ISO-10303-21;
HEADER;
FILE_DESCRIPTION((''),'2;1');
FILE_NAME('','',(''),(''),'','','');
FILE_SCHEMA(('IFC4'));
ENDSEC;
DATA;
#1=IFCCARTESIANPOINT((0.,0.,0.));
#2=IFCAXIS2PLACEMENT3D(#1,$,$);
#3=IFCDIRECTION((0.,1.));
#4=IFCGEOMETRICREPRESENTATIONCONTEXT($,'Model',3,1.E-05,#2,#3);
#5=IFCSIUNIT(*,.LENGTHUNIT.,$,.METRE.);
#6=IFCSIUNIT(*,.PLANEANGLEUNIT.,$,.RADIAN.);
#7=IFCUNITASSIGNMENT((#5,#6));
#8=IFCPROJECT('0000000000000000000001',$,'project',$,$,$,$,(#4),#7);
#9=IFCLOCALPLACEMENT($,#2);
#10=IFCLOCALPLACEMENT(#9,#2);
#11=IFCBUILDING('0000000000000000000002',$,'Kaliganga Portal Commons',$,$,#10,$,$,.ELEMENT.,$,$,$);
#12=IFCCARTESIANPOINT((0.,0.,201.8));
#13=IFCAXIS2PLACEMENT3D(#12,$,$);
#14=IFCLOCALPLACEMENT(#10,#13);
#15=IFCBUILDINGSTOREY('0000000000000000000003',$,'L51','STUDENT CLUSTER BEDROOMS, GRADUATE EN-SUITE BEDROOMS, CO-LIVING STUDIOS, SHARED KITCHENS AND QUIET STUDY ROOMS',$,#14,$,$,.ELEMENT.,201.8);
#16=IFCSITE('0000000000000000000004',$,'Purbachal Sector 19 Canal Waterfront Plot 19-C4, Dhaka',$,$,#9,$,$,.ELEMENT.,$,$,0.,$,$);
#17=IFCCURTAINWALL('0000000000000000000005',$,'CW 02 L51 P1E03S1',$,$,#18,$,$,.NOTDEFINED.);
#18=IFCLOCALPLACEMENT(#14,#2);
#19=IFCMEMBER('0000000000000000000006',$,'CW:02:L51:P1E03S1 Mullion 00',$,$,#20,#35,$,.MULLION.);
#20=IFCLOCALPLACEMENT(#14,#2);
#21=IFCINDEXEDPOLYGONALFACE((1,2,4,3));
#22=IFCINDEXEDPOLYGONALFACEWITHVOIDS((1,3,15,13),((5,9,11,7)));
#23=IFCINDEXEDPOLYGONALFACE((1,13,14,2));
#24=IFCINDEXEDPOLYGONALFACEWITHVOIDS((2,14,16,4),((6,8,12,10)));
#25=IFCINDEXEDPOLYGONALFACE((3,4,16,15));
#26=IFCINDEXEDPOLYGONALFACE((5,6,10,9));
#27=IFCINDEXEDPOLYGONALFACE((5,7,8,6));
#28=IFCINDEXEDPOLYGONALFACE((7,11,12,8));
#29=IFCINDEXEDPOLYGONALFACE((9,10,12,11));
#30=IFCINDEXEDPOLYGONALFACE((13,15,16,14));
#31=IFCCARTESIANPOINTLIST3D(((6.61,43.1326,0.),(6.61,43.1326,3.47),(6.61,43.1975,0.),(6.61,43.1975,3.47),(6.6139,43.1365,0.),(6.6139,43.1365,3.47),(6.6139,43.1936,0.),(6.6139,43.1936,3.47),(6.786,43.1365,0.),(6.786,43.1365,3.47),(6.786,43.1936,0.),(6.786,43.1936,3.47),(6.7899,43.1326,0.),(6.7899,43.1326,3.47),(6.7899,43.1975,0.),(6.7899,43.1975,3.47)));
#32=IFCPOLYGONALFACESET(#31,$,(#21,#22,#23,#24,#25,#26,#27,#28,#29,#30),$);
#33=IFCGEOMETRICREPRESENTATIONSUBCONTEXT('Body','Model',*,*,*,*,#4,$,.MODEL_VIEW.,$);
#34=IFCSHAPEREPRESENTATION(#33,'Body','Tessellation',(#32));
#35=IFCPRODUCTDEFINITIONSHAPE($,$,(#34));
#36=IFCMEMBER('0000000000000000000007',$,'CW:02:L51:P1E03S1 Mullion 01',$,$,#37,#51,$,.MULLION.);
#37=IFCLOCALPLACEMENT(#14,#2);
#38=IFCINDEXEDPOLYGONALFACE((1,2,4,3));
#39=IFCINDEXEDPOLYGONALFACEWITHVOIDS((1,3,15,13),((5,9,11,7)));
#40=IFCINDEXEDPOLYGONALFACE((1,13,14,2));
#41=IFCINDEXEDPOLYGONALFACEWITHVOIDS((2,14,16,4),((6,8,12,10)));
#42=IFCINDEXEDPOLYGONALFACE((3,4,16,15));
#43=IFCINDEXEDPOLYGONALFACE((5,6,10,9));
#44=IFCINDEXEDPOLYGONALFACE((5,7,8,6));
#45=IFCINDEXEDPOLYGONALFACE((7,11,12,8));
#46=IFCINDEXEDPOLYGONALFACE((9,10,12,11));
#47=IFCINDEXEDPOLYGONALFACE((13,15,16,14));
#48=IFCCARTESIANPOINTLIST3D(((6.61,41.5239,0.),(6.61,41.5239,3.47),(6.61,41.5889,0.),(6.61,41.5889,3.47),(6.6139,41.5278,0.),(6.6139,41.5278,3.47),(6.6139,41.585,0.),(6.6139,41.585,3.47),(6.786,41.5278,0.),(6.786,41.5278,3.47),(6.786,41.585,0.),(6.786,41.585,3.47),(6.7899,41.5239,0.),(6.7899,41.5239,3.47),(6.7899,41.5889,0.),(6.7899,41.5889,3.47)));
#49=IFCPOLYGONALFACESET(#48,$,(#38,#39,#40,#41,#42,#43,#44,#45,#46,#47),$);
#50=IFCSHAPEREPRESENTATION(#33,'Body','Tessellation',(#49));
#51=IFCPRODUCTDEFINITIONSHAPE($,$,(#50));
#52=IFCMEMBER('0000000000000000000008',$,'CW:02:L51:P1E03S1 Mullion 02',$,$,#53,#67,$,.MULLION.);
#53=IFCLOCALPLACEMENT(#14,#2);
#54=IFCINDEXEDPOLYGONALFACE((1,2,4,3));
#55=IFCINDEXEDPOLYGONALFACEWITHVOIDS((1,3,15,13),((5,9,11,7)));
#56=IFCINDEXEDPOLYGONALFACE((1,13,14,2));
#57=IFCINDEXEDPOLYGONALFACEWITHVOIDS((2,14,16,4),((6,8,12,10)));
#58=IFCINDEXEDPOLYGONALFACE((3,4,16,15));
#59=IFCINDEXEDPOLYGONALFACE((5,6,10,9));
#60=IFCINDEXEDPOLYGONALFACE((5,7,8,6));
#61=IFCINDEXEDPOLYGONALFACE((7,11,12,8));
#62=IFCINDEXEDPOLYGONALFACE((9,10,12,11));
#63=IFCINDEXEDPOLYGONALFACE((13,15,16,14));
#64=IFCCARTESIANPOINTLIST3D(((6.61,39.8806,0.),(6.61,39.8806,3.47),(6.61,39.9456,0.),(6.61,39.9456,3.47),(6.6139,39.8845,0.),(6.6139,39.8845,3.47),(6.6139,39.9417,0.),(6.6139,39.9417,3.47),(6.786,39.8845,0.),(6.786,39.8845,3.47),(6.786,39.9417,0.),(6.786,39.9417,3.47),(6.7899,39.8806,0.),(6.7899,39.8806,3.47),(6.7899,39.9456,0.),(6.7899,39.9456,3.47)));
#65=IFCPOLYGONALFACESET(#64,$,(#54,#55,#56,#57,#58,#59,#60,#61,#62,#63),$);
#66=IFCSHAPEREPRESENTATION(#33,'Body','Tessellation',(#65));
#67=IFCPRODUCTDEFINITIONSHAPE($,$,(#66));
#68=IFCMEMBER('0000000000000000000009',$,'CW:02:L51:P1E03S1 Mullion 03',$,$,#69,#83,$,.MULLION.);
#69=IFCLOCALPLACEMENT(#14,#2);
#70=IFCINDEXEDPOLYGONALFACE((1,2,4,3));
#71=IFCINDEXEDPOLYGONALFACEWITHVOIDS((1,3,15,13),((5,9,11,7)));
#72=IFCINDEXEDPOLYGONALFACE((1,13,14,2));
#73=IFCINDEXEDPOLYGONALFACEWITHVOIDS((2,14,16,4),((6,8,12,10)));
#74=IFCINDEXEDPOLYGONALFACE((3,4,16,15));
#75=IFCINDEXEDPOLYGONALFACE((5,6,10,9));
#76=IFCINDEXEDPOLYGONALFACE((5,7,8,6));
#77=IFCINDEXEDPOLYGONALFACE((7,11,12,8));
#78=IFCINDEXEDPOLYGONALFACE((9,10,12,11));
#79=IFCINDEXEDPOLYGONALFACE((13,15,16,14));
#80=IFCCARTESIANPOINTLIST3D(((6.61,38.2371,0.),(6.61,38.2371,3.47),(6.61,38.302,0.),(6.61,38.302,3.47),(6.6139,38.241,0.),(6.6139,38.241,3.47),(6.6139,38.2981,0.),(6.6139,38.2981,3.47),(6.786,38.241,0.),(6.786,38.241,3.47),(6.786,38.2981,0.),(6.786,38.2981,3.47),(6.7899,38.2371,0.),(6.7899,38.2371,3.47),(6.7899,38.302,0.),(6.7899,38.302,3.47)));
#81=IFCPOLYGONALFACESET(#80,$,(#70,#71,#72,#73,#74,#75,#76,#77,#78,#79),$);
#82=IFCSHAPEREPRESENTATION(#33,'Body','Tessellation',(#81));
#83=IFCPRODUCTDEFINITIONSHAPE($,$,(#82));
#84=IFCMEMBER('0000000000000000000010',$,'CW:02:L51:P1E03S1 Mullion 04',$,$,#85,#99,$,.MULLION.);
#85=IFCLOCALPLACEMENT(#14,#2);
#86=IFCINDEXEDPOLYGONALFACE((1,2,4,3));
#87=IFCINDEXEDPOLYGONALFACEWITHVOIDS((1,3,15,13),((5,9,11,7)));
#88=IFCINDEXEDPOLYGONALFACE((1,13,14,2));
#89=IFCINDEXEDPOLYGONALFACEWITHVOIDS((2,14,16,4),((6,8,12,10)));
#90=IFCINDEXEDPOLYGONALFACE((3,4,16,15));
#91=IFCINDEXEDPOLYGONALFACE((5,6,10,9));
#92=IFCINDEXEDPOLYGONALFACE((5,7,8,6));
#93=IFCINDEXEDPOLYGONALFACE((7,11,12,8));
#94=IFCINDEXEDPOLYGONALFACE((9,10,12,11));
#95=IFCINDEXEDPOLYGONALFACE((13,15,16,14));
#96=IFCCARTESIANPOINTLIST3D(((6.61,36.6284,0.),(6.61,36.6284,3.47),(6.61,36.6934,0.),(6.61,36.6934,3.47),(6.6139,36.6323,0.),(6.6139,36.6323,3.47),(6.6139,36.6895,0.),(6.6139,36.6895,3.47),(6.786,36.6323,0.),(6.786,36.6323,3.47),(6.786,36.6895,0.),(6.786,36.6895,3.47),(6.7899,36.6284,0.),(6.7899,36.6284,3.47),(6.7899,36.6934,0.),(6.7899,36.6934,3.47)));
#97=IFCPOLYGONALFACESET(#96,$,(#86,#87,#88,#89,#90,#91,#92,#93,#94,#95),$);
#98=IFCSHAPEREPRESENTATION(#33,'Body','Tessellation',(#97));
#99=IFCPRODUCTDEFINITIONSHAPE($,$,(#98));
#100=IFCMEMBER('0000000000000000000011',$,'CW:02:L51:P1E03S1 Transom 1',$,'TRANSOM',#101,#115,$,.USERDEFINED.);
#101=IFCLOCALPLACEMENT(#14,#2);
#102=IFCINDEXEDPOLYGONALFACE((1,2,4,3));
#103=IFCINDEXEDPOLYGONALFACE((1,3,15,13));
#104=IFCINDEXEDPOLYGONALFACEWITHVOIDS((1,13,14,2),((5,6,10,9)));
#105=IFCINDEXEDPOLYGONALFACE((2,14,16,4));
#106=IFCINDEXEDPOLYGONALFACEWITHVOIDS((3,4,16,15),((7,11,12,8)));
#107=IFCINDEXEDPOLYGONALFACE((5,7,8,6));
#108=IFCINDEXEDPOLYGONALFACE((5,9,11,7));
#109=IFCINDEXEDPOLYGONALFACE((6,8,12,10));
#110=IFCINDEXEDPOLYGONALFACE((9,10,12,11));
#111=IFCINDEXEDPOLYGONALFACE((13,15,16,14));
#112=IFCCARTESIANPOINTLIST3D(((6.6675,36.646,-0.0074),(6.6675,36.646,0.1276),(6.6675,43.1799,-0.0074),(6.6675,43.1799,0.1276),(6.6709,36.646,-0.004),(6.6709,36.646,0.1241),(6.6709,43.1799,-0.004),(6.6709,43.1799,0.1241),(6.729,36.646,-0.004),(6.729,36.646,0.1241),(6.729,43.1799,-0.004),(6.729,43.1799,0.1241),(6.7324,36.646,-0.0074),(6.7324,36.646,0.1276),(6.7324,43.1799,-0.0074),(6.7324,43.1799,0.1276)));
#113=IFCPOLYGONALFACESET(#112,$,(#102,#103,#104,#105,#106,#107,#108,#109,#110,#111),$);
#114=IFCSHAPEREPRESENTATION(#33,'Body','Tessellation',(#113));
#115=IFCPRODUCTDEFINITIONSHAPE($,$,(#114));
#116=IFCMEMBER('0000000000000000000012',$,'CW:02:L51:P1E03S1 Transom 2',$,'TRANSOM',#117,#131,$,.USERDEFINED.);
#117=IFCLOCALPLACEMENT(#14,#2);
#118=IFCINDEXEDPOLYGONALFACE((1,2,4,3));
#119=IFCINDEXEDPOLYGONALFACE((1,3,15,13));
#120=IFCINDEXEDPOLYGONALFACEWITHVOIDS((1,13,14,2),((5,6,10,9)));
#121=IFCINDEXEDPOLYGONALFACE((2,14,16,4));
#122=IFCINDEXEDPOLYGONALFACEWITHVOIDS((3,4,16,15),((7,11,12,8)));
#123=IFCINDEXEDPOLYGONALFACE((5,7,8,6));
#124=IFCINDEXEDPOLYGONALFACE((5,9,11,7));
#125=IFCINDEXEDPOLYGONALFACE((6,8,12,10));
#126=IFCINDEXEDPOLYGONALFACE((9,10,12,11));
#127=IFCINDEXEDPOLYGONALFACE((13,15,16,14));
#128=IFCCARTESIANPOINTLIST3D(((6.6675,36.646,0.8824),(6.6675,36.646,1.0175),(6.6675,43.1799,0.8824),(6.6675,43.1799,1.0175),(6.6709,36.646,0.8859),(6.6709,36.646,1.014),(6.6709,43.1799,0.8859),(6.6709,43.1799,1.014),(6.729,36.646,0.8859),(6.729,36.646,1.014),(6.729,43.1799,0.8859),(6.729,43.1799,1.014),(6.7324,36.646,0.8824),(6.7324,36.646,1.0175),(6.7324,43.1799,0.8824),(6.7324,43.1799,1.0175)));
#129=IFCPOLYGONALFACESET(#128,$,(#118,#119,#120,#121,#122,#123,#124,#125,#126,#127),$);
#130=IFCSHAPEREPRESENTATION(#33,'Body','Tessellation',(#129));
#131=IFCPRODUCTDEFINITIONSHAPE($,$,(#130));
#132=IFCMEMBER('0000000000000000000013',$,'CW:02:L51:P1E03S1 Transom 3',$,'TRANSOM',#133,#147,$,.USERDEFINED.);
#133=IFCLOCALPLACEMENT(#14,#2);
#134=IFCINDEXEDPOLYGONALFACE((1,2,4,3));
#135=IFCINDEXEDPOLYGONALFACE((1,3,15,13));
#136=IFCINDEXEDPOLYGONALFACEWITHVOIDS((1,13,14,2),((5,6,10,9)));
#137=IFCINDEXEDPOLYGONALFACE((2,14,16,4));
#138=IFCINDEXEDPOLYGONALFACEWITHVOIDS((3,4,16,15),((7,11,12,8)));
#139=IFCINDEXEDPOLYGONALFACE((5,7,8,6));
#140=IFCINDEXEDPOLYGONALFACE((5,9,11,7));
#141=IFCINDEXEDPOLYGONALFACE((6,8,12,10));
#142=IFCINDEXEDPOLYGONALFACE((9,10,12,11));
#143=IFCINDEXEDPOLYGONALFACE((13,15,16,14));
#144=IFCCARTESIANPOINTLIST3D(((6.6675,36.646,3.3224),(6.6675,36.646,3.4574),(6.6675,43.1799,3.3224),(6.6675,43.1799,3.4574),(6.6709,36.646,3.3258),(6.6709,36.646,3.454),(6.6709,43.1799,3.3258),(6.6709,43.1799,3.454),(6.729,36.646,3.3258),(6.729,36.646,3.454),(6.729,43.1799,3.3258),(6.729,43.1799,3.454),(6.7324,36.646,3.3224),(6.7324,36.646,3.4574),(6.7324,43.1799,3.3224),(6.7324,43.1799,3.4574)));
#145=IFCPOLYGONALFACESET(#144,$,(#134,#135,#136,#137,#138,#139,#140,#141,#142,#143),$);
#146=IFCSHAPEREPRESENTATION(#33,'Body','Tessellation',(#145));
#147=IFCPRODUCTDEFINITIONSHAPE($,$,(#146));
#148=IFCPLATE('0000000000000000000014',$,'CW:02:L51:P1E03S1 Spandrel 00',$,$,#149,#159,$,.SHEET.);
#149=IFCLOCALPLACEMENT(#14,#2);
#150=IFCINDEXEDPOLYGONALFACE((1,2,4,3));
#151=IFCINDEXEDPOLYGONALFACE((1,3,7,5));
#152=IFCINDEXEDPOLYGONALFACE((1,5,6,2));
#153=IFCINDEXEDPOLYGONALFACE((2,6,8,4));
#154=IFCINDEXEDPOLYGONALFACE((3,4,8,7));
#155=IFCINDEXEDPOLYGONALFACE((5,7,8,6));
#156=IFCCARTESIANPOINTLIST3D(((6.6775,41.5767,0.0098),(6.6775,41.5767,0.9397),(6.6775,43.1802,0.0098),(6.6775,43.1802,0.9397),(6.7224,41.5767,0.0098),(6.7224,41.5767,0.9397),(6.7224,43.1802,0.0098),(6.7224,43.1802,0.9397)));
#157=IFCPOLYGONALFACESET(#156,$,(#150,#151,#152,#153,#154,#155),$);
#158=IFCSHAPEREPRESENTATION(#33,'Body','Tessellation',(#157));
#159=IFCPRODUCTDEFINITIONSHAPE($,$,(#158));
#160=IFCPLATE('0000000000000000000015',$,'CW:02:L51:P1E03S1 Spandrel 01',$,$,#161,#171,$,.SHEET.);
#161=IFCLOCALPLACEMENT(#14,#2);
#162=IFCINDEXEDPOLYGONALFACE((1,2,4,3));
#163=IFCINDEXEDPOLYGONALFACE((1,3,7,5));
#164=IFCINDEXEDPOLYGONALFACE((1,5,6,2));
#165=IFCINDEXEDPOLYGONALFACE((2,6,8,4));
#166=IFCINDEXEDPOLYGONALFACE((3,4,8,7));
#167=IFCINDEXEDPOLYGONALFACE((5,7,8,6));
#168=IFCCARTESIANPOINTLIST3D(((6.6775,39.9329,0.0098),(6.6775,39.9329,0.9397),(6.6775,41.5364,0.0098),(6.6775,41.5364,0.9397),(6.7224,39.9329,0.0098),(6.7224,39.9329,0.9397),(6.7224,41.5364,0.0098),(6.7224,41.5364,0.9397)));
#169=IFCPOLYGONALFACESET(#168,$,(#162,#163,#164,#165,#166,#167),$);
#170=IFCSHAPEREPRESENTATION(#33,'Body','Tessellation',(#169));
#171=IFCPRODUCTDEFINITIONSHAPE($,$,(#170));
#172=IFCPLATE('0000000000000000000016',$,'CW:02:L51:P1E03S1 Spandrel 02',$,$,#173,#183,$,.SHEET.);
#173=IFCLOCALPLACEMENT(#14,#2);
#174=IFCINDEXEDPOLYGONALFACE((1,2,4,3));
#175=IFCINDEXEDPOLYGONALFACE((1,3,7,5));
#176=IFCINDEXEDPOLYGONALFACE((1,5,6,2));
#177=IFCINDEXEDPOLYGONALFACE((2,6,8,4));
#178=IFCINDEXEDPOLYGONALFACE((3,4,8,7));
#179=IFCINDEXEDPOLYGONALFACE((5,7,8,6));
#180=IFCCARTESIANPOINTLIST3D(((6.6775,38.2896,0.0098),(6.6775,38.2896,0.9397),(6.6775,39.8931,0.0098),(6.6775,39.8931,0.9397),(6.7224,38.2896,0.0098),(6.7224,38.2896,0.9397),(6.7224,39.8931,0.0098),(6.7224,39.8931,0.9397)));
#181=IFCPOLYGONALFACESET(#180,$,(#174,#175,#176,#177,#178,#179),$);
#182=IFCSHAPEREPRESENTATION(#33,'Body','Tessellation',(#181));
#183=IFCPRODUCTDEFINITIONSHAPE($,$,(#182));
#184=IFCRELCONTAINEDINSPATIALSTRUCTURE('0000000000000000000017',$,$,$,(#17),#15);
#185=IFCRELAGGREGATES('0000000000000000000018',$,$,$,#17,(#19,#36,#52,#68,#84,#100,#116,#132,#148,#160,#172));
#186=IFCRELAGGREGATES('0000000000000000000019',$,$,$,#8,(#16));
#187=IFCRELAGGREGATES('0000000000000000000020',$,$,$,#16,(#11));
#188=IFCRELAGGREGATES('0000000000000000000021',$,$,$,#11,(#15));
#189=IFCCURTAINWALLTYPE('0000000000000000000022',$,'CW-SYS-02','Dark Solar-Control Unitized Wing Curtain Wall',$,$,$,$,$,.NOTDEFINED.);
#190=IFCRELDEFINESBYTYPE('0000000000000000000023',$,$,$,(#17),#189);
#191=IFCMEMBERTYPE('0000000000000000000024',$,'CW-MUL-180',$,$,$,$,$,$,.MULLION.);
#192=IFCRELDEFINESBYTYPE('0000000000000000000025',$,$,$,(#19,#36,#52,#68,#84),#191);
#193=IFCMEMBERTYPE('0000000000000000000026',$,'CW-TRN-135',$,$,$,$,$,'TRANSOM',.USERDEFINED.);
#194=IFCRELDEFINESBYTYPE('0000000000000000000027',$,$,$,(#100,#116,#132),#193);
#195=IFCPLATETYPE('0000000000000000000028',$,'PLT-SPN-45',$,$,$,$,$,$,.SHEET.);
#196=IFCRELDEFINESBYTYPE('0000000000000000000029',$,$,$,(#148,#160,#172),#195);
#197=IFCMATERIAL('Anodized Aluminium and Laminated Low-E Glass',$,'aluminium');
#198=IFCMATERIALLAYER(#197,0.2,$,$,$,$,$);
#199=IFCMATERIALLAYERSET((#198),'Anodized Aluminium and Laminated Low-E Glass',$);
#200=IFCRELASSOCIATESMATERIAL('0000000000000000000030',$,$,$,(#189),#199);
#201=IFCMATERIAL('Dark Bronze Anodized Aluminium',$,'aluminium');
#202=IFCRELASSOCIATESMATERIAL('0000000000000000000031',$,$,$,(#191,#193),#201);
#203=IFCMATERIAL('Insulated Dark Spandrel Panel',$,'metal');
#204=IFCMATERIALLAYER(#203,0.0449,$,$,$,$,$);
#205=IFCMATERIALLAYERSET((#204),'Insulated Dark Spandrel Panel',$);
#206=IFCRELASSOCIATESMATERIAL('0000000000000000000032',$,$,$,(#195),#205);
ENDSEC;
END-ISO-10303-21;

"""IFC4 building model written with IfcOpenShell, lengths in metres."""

from ifc_helpers import new_model, si_unit, direction, frame, origin, origin_2d, place, context, subcontext, project, spatial, rectangle, hollow_rectangle, extrude, source, transform, mapped, material, layer, layer_set, material_profile, profile_set, type_object, element, aggregate, save


model = new_model("IFC4")

# Units and contexts
model_context = context("Model", 3, precision=1e-05, world=origin(), true_north=direction((0.0, 1.0)))
body_context = subcontext(model_context, "Body", "Model", "MODEL_VIEW")
ifc_project = project(units=[si_unit("LENGTHUNIT", "METRE"), si_unit("PLANEANGLEUNIT", "RADIAN")], contexts=[model_context])

# Site, building, storey
site_placement = place(None, origin())
site = spatial("IfcSite", under=ifc_project, at=site_placement, Name="Purbachal Sector 19 Canal Waterfront Plot 19-C4, Dhaka", CompositionType="ELEMENT", RefElevation=0.0)
building_placement = place(site_placement, origin())
building = spatial("IfcBuilding", under=site, at=building_placement, Name="Kaliganga Portal Commons", CompositionType="ELEMENT")
storey_placement = place(building_placement, frame((0.0, 0.0, 201.8)))
storey = spatial("IfcBuildingStorey", under=building, at=storey_placement, Name="L51", Description="STUDENT CLUSTER BEDROOMS, GRADUATE EN-SUITE BEDROOMS, CO-LIVING STUDIOS, SHARED KITCHENS AND QUIET STUDY ROOMS", CompositionType="ELEMENT", Elevation=201.8)

# Curtain wall, members, plates
ifc_material_1 = material(Name="Anodized Aluminium and Laminated Low-E Glass", Category="aluminium")
ifc_layer_1 = layer(ifc_material_1, 0.2)
ifc_layer_set_1 = layer_set([ifc_layer_1], Name="Anodized Aluminium and Laminated Low-E Glass")
curtain_wall_type = type_object("IfcCurtainWallType", Name="CW-SYS-02", Description="Dark Solar-Control Unitized Wing Curtain Wall", PredefinedType="NOTDEFINED", material=ifc_layer_set_1)
curtain_wall_placement = place(storey_placement, origin())
curtain_wall = element("IfcCurtainWall", 1, at=curtain_wall_placement, inside=storey, type_object=curtain_wall_type, Name="CW 02 L51 P1E03S1", PredefinedType="NOTDEFINED")
ifc_material_2 = material(Name="Dark Bronze Anodized Aluminium", Category="aluminium")
ifc_material_profile_1 = material_profile(ifc_material_2, hollow_rectangle(XDim=0.0649, YDim=0.1799, WallThickness=0.0039, at=origin_2d()), Name="ALU MULL 65x180x4")
ifc_profile_set_1 = profile_set([ifc_material_profile_1], Name="Dark Bronze Anodized Aluminium")
member_type_1 = type_object("IfcMemberType", Name="CW-MUL-180", PredefinedType="MULLION", material=ifc_profile_set_1)
shared_shape_1 = source(origin(), body_context, "Body", "SweptSolid", [
    extrude(hollow_rectangle(XDim=0.0649, YDim=0.1799, WallThickness=0.0039, at=origin_2d()), origin(), (0.0, 0.0, 1.0), 3.47),
])
member_1_placement = place(storey_placement, frame((6.7, 43.165, 0.0), z_axis=(0.0, 0.0, 1.0), x_axis=(0.0, -1.0, 0.0)))
member_1 = element("IfcMember", 2, at=member_1_placement, type_object=member_type_1, Name="CW:02:L51:P1E03S1 Mullion 00", PredefinedType="MULLION", context=body_context, shape_type="MappedRepresentation", body=[
    mapped(shared_shape_1, transform((0.0, 0.0, 0.0), x_axis=(1.0, 0.0, 0.0), y_axis=(0.0, 1.0, 0.0), z_axis=(0.0, 0.0, 1.0), scale=1.0)),
])
member_2_placement = place(storey_placement, frame((6.7, 41.5564, 0.0), z_axis=(0.0, 0.0, 1.0), x_axis=(0.0, -1.0, 0.0)))
member_2 = element("IfcMember", 3, at=member_2_placement, type_object=member_type_1, Name="CW:02:L51:P1E03S1 Mullion 01", PredefinedType="MULLION", context=body_context, shape_type="MappedRepresentation", body=[
    mapped(shared_shape_1, transform((0.0, 0.0, 0.0), x_axis=(1.0, 0.0, 0.0), y_axis=(0.0, 1.0, 0.0), z_axis=(0.0, 0.0, 1.0), scale=1.0)),
])
member_3_placement = place(storey_placement, frame((6.7, 39.9131, 0.0), z_axis=(0.0, 0.0, 1.0), x_axis=(0.0, -1.0, 0.0)))
member_3 = element("IfcMember", 4, at=member_3_placement, type_object=member_type_1, Name="CW:02:L51:P1E03S1 Mullion 02", PredefinedType="MULLION", context=body_context, shape_type="MappedRepresentation", body=[
    mapped(shared_shape_1, transform((0.0, 0.0, 0.0), x_axis=(1.0, 0.0, 0.0), y_axis=(0.0, 1.0, 0.0), z_axis=(0.0, 0.0, 1.0), scale=1.0)),
])
member_4_placement = place(storey_placement, frame((6.7, 38.2695, 0.0), z_axis=(0.0, 0.0, 1.0), x_axis=(0.0, -1.0, 0.0)))
member_4 = element("IfcMember", 5, at=member_4_placement, type_object=member_type_1, Name="CW:02:L51:P1E03S1 Mullion 03", PredefinedType="MULLION", context=body_context, shape_type="MappedRepresentation", body=[
    mapped(shared_shape_1, transform((0.0, 0.0, 0.0), x_axis=(1.0, 0.0, 0.0), y_axis=(0.0, 1.0, 0.0), z_axis=(0.0, 0.0, 1.0), scale=1.0)),
])
member_5_placement = place(storey_placement, frame((6.7, 36.6609, 0.0), z_axis=(0.0, 0.0, 1.0), x_axis=(0.0, -1.0, 0.0)))
member_5 = element("IfcMember", 6, at=member_5_placement, type_object=member_type_1, Name="CW:02:L51:P1E03S1 Mullion 04", PredefinedType="MULLION", context=body_context, shape_type="MappedRepresentation", body=[
    mapped(shared_shape_1, transform((0.0, 0.0, 0.0), x_axis=(1.0, 0.0, 0.0), y_axis=(0.0, 1.0, 0.0), z_axis=(0.0, 0.0, 1.0), scale=1.0)),
])
ifc_material_profile_2 = material_profile(ifc_material_2, hollow_rectangle(XDim=0.0649, YDim=0.135, WallThickness=0.0034, at=origin_2d()), Name="ALU TRAN 65x135x3.5")
ifc_profile_set_2 = profile_set([ifc_material_profile_2], Name="Dark Bronze Anodized Aluminium")
member_type_2 = type_object("IfcMemberType", Name="CW-TRN-135", ElementType="TRANSOM", PredefinedType="USERDEFINED", material=ifc_profile_set_2)
shared_shape_2 = source(origin(), body_context, "Body", "SweptSolid", [
    extrude(hollow_rectangle(XDim=0.0649, YDim=0.135, WallThickness=0.0034, at=origin_2d()), origin(), (0.0, 0.0, 1.0), 6.5339),
])
member_6_placement = place(storey_placement, frame((6.7, 43.1799, 0.0601), z_axis=(0.0, -1.0, 0.0), x_axis=(1.0, 0.0, 0.0)))
member_6 = element("IfcMember", 7, at=member_6_placement, type_object=member_type_2, Name="CW:02:L51:P1E03S1 Transom 1", ObjectType="TRANSOM", PredefinedType="USERDEFINED", context=body_context, shape_type="MappedRepresentation", body=[
    mapped(shared_shape_2, transform((0.0, 0.0, 0.0), x_axis=(1.0, 0.0, 0.0), y_axis=(0.0, 1.0, 0.0), z_axis=(0.0, 0.0, 1.0), scale=1.0)),
])
member_7_placement = place(storey_placement, frame((6.7, 43.1799, 0.95), z_axis=(0.0, -1.0, 0.0), x_axis=(1.0, 0.0, 0.0)))
member_7 = element("IfcMember", 8, at=member_7_placement, type_object=member_type_2, Name="CW:02:L51:P1E03S1 Transom 2", ObjectType="TRANSOM", PredefinedType="USERDEFINED", context=body_context, shape_type="MappedRepresentation", body=[
    mapped(shared_shape_2, transform((0.0, 0.0, 0.0), x_axis=(1.0, 0.0, 0.0), y_axis=(0.0, 1.0, 0.0), z_axis=(0.0, 0.0, 1.0), scale=1.0)),
])
member_8_placement = place(storey_placement, frame((6.7, 43.1799, 3.3899), z_axis=(0.0, -1.0, 0.0), x_axis=(1.0, 0.0, 0.0)))
member_8 = element("IfcMember", 9, at=member_8_placement, type_object=member_type_2, Name="CW:02:L51:P1E03S1 Transom 3", ObjectType="TRANSOM", PredefinedType="USERDEFINED", context=body_context, shape_type="MappedRepresentation", body=[
    mapped(shared_shape_2, transform((0.0, 0.0, 0.0), x_axis=(1.0, 0.0, 0.0), y_axis=(0.0, 1.0, 0.0), z_axis=(0.0, 0.0, 1.0), scale=1.0)),
])
ifc_material_3 = material(Name="Insulated Dark Spandrel Panel", Category="metal")
ifc_layer_2 = layer(ifc_material_3, 0.0449)
ifc_layer_set_2 = layer_set([ifc_layer_2], Name="Insulated Dark Spandrel Panel")
plate_type_1 = type_object("IfcPlateType", Name="PLT-SPN-45", PredefinedType="SHEET", material=ifc_layer_set_2)
shared_shape_3 = source(origin(), body_context, "Body", "SweptSolid", [
    extrude(rectangle(XDim=1.6035, YDim=0.0449, at=origin_2d()), origin(), (0.0, 0.0, 1.0), 0.9299),
])
plate_1_placement = place(storey_placement, frame((6.7, 42.3784, 0.0098), z_axis=(0.0, 0.0, 1.0), x_axis=(0.0, -1.0, 0.0)))
plate_1 = element("IfcPlate", 10, at=plate_1_placement, type_object=plate_type_1, Name="CW:02:L51:P1E03S1 Spandrel 00", PredefinedType="SHEET", context=body_context, shape_type="MappedRepresentation", body=[
    mapped(shared_shape_3, transform((0.0, 0.0, 0.0), x_axis=(1.0, 0.0, 0.0), y_axis=(0.0, 1.0, 0.0), z_axis=(0.0, 0.0, 1.0), scale=1.0)),
])
plate_2_placement = place(storey_placement, frame((6.7, 40.7346, 0.0098), z_axis=(0.0, 0.0, 1.0), x_axis=(0.0, -1.0, 0.0)))
plate_2 = element("IfcPlate", 11, at=plate_2_placement, type_object=plate_type_1, Name="CW:02:L51:P1E03S1 Spandrel 01", PredefinedType="SHEET", context=body_context, shape_type="MappedRepresentation", body=[
    mapped(shared_shape_3, transform((0.0, 0.0, 0.0), x_axis=(1.0, 0.0, 0.0), y_axis=(0.0, 1.0, 0.0), z_axis=(0.0, 0.0, 1.0), scale=1.0)),
])
plate_3_placement = place(storey_placement, frame((6.7, 39.0913, 0.0098), z_axis=(0.0, 0.0, 1.0), x_axis=(0.0, -1.0, 0.0)))
plate_3 = element("IfcPlate", 12, at=plate_3_placement, type_object=plate_type_1, Name="CW:02:L51:P1E03S1 Spandrel 02", PredefinedType="SHEET", context=body_context, shape_type="MappedRepresentation", body=[
    mapped(shared_shape_3, transform((0.0, 0.0, 0.0), x_axis=(1.0, 0.0, 0.0), y_axis=(0.0, 1.0, 0.0), z_axis=(0.0, 0.0, 1.0), scale=1.0)),
])
aggregate(curtain_wall, [member_1, member_2, member_3, member_4, member_5, member_6, member_7, member_8, plate_1, plate_2, plate_3])

save(model, "model.ifc")
